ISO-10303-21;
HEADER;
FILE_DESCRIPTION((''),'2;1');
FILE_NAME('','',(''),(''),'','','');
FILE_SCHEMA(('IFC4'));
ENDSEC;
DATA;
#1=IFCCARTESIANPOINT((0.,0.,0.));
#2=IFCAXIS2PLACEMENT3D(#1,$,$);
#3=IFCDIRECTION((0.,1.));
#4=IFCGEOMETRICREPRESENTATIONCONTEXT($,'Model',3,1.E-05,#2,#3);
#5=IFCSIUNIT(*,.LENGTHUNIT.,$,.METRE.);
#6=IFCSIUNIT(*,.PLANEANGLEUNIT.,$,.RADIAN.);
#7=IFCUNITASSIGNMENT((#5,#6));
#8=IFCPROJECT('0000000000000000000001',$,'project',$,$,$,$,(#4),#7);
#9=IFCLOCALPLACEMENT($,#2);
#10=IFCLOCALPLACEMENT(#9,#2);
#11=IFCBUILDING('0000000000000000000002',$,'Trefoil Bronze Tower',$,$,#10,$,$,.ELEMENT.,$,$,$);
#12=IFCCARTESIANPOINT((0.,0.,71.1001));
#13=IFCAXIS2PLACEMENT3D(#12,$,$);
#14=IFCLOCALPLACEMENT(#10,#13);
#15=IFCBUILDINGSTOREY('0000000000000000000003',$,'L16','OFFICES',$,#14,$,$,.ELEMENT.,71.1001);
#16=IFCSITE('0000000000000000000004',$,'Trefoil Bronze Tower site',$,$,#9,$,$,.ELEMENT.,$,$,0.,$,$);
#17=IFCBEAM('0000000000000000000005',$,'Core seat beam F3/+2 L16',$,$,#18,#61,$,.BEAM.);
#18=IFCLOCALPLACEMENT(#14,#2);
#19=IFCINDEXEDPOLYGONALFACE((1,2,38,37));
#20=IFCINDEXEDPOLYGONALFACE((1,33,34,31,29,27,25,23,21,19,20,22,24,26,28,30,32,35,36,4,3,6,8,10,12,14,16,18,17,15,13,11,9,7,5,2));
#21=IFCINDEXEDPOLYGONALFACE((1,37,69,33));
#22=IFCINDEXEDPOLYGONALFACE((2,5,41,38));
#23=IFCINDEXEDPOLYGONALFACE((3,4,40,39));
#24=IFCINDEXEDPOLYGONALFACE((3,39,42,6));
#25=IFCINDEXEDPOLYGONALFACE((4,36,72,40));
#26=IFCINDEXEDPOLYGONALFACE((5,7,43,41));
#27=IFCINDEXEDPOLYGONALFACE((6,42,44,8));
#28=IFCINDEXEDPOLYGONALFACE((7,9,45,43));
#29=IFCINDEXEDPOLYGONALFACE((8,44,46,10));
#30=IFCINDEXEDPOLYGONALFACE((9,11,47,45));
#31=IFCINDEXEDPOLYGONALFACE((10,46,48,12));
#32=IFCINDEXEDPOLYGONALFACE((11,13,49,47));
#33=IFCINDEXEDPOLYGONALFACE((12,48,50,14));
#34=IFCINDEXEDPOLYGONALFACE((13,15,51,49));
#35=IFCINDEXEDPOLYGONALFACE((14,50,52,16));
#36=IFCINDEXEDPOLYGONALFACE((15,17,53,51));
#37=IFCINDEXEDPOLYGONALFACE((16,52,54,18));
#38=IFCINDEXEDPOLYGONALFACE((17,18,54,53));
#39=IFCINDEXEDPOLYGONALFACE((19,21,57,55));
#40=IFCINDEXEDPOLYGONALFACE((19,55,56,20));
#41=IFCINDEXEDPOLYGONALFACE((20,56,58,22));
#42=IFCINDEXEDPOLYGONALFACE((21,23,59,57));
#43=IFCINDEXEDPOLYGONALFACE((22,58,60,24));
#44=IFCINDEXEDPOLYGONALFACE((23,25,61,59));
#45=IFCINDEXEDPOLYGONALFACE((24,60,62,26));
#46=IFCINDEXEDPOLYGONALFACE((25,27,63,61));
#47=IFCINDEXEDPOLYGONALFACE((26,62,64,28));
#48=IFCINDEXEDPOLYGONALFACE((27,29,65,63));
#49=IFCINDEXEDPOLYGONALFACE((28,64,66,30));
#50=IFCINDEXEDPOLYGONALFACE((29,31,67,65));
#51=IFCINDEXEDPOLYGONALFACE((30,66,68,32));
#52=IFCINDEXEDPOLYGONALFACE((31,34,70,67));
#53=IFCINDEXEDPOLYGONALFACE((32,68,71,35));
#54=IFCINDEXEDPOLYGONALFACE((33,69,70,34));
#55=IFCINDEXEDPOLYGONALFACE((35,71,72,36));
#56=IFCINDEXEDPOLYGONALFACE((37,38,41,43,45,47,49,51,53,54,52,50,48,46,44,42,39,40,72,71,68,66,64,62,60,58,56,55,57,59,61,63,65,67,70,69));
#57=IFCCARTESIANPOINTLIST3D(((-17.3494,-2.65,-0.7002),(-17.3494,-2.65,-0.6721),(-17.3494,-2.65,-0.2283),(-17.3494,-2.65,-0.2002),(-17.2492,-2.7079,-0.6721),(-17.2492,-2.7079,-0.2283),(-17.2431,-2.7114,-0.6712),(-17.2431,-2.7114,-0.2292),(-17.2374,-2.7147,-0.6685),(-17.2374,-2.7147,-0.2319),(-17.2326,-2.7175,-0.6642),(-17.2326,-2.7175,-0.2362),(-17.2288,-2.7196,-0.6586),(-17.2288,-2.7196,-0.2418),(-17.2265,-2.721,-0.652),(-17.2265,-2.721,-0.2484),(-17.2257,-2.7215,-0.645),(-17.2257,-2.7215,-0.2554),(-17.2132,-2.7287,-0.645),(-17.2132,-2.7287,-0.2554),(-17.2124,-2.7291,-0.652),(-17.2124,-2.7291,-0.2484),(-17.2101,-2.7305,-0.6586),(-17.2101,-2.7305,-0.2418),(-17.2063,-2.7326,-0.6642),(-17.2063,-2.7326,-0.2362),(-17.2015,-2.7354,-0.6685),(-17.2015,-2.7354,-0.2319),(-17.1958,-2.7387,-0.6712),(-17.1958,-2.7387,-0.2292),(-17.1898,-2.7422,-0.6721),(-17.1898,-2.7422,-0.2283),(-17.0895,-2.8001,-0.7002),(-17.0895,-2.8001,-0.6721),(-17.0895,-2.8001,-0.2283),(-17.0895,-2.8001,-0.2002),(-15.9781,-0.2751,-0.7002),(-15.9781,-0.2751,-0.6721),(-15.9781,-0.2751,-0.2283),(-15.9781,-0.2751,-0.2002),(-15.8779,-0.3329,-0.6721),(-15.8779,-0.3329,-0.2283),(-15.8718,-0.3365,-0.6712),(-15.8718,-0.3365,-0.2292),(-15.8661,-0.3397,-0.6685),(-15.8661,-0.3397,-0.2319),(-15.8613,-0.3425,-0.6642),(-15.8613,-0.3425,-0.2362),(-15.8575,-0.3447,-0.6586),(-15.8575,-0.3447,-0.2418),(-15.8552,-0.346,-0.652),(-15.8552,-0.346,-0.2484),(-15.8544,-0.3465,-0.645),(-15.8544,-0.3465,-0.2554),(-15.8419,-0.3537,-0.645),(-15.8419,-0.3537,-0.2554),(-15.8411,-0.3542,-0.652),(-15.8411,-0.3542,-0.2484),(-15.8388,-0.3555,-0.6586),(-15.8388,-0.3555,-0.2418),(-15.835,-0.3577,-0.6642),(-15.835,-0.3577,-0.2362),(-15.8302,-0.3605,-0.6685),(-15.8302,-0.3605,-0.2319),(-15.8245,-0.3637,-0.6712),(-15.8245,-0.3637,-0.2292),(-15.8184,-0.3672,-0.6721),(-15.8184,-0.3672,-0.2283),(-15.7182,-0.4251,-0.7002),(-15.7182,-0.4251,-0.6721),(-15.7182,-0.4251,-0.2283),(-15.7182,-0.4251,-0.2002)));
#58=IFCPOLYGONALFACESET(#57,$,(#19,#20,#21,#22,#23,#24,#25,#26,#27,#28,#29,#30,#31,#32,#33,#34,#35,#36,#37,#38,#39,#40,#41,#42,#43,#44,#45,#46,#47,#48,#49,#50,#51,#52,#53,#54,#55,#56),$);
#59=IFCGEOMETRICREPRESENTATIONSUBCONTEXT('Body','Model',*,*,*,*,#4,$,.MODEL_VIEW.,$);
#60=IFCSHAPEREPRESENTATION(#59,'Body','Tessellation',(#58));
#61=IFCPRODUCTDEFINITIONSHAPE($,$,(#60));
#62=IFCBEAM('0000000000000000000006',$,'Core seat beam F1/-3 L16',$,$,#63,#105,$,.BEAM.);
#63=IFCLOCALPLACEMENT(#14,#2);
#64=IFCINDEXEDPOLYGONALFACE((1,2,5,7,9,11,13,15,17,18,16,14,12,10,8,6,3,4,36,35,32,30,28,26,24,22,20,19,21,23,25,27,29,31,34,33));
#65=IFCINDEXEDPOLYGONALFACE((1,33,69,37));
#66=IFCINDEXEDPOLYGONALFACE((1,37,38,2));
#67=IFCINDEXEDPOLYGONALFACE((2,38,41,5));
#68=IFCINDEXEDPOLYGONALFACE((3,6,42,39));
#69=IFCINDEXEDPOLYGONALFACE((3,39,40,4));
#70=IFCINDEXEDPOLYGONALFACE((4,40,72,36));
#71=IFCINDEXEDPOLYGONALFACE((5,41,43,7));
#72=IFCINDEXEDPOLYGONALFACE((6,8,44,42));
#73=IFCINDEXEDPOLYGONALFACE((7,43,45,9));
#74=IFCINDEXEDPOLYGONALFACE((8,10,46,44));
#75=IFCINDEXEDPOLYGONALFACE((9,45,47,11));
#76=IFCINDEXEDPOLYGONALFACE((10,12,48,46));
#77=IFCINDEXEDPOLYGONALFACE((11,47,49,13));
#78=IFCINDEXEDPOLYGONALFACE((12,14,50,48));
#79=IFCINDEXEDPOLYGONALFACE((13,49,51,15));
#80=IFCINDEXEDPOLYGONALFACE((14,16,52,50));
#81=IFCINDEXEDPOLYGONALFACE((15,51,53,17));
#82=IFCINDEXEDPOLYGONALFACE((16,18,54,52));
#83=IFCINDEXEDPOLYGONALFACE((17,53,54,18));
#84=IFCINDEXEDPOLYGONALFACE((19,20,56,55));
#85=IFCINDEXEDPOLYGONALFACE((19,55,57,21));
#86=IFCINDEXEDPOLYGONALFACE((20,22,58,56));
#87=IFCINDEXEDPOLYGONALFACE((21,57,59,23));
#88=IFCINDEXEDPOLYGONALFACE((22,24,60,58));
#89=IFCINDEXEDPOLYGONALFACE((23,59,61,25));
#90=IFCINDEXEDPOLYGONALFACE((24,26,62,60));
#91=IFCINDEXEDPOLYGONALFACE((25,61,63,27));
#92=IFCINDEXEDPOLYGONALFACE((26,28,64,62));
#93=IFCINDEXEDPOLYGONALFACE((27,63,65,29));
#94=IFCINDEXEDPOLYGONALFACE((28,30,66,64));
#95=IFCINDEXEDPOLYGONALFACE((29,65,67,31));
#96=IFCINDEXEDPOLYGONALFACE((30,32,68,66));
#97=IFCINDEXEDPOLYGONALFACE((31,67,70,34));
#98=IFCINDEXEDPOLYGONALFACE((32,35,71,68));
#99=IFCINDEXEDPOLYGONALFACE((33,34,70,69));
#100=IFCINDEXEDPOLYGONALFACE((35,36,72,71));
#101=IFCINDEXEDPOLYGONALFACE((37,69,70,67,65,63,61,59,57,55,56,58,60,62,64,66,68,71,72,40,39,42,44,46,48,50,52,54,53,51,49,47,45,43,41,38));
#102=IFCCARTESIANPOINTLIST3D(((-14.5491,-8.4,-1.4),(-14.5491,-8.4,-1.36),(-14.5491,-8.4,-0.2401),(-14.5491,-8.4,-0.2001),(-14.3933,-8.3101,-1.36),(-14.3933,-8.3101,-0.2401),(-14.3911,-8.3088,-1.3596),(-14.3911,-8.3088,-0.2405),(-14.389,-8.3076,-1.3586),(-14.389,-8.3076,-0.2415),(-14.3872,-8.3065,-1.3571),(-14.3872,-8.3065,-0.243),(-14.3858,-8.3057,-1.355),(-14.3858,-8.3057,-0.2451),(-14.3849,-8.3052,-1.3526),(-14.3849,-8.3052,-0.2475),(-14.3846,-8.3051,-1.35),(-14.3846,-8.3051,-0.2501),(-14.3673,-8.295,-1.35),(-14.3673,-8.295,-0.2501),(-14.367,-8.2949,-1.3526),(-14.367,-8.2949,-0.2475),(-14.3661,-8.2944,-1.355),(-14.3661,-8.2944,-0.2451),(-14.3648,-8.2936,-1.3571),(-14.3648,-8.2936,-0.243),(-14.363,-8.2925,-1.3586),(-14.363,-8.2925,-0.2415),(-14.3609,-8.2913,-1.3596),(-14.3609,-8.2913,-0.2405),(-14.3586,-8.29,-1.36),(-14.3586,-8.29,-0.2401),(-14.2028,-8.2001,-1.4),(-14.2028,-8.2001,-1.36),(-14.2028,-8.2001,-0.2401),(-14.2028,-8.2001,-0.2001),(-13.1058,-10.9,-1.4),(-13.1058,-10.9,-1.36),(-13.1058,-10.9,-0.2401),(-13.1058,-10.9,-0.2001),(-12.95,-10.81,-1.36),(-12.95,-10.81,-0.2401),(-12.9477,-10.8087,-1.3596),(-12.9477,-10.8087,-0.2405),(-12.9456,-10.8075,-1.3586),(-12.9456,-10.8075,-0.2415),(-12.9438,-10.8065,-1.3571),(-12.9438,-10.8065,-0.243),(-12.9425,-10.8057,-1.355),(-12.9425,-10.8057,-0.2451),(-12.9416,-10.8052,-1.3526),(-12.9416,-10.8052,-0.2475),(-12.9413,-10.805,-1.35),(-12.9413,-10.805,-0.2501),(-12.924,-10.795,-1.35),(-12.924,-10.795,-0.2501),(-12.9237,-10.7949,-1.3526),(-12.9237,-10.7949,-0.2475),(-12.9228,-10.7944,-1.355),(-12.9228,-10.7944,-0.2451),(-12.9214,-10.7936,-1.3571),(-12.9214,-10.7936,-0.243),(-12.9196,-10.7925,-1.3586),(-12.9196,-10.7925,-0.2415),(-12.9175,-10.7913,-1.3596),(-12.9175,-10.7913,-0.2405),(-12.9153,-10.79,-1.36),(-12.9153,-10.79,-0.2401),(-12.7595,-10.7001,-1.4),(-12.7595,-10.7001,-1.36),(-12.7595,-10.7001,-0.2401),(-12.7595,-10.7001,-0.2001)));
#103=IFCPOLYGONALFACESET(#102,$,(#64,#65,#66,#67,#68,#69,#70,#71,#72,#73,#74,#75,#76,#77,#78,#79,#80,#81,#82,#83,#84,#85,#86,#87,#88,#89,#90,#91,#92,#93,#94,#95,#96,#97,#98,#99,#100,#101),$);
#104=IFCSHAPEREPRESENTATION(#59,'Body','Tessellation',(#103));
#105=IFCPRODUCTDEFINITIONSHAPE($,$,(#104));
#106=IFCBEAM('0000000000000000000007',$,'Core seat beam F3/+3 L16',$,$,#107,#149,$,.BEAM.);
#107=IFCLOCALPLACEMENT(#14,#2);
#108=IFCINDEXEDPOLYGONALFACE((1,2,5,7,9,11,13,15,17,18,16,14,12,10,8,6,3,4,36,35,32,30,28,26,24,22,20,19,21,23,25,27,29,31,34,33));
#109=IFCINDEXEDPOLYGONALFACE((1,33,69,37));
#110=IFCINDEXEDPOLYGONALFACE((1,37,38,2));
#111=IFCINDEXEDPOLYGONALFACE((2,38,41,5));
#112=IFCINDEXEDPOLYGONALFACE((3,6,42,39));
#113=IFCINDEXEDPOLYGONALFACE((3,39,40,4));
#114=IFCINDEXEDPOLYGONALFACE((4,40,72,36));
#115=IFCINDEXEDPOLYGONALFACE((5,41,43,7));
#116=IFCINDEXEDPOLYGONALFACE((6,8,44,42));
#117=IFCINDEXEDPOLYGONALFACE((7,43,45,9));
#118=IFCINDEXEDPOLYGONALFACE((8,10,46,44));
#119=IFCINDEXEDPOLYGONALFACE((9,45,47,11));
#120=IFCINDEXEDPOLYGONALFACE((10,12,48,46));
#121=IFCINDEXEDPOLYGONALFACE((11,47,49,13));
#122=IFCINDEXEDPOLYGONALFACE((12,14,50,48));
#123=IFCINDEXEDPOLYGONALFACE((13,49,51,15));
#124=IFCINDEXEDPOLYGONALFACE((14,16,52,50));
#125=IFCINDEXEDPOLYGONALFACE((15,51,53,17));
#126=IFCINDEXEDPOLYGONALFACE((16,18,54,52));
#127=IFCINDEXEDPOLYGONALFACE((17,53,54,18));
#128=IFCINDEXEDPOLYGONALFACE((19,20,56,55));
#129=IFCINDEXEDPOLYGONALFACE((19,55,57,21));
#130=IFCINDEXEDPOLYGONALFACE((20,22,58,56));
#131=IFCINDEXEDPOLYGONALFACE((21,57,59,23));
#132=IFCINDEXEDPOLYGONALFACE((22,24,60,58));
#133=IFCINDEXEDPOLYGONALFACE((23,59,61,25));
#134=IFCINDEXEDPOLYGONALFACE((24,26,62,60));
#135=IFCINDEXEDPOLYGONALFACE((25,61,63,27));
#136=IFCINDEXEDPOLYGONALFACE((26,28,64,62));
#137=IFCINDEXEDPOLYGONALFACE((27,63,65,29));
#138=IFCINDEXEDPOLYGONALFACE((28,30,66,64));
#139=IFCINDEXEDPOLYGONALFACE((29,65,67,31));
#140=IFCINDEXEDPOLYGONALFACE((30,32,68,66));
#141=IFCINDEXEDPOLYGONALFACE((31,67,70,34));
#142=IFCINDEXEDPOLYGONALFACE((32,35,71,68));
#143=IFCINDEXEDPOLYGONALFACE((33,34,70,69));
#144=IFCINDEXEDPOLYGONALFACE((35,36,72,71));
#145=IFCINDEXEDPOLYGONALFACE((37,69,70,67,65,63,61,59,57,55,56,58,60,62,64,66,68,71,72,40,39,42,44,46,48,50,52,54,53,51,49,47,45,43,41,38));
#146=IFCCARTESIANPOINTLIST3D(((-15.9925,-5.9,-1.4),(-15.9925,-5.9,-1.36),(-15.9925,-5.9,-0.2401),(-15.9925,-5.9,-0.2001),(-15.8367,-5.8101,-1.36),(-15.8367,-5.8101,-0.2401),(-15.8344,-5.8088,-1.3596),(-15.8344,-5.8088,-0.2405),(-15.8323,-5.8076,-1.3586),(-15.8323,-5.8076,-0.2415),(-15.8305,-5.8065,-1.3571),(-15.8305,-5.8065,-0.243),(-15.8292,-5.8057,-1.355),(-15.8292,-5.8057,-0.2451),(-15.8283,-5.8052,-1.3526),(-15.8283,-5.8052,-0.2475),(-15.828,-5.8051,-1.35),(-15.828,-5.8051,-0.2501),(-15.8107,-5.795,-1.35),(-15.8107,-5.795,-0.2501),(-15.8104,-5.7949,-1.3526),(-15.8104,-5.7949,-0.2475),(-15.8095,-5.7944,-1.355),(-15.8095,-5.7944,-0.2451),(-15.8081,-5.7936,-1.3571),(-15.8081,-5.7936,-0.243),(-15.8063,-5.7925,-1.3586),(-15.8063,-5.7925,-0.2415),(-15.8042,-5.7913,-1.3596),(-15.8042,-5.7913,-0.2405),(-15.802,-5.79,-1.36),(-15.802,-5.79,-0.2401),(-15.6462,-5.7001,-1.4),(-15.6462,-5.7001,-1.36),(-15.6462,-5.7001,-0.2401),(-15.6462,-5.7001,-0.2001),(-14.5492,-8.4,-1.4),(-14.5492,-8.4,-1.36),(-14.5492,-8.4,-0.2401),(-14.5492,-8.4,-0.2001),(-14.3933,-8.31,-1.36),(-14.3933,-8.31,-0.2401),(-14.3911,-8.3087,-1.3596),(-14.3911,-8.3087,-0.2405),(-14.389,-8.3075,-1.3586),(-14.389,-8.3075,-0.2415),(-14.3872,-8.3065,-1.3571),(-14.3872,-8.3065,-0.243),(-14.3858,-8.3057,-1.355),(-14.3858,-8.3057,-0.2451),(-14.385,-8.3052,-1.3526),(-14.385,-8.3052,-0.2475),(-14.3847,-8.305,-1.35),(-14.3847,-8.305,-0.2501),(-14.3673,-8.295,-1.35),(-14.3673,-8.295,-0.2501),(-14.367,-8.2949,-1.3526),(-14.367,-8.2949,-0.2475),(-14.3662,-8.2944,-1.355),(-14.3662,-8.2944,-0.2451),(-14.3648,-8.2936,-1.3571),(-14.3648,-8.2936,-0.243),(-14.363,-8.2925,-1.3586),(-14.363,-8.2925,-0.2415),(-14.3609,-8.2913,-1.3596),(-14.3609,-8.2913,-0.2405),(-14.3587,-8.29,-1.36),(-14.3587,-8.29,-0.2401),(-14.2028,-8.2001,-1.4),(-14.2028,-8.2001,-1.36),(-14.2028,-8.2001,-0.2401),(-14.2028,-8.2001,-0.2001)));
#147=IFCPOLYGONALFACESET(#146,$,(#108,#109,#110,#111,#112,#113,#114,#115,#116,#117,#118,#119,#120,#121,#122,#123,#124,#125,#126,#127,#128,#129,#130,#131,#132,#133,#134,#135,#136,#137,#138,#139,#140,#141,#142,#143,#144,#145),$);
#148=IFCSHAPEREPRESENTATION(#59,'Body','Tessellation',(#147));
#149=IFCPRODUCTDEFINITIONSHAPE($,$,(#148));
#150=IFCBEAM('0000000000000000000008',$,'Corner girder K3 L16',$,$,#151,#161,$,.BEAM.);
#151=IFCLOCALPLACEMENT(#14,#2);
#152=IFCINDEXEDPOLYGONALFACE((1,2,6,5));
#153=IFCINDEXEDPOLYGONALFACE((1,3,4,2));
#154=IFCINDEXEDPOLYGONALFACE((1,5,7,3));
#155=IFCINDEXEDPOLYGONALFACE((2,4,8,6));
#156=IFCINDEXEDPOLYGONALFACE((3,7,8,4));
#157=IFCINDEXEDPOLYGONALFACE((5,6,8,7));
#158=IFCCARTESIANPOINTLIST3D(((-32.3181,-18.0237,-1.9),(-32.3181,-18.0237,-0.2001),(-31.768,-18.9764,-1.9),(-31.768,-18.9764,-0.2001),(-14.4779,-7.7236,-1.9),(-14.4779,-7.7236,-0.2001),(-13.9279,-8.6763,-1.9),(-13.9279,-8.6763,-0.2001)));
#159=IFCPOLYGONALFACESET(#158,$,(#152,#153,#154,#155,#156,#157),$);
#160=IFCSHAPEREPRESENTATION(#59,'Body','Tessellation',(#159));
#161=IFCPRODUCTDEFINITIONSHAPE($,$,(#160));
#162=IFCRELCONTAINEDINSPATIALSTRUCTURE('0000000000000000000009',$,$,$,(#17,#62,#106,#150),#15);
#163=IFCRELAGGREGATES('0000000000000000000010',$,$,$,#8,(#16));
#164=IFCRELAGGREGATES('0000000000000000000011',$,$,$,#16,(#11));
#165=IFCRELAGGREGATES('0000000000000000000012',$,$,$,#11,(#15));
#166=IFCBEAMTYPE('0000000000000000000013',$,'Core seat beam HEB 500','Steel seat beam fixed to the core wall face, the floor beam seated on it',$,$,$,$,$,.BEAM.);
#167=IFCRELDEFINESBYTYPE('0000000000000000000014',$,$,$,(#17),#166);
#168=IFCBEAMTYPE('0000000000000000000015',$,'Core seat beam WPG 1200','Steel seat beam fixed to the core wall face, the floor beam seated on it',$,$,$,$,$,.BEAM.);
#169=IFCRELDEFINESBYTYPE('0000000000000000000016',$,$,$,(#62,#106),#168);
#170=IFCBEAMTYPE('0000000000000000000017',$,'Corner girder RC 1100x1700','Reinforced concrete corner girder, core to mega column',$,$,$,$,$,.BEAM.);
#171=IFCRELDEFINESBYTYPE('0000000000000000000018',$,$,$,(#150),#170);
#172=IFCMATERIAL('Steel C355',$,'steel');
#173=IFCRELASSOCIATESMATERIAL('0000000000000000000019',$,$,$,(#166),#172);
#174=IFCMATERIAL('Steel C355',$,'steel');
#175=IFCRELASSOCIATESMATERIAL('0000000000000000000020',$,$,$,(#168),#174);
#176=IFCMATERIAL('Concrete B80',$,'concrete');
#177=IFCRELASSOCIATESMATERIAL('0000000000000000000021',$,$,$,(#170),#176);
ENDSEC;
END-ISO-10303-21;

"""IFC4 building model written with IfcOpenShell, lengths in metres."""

from ifc_helpers import new_model, si_unit, direction, frame, origin, origin_2d, place, context, subcontext, project, spatial, rectangle, i_section, extrude, material, material_profile, profile_set, type_object, element, save


model = new_model("IFC4")

# Units and contexts
model_context = context("Model", 3, precision=1e-05, world=origin(), true_north=direction((0.0, 1.0)))
body_context = subcontext(model_context, "Body", "Model", "MODEL_VIEW")
ifc_project = project(units=[si_unit("LENGTHUNIT", "METRE"), si_unit("PLANEANGLEUNIT", "RADIAN")], contexts=[model_context])

# Site, building, storey
site_placement = place(None, origin())
site = spatial("IfcSite", under=ifc_project, at=site_placement, Name="Trefoil Bronze Tower site", CompositionType="ELEMENT", RefElevation=0.0)
building_placement = place(site_placement, origin())
building = spatial("IfcBuilding", under=site, at=building_placement, Name="Trefoil Bronze Tower", CompositionType="ELEMENT")
storey_placement = place(building_placement, frame((0.0, 0.0, 71.1001)))
storey = spatial("IfcBuildingStorey", under=building, at=storey_placement, Name="L16", Description="OFFICES", CompositionType="ELEMENT", Elevation=71.1001)

# Beams
ifc_material_1 = material(Name="Steel C355", Category="steel")
ifc_material_profile_1 = material_profile(ifc_material_1, i_section(OverallWidth=0.3, OverallDepth=0.5, WebThickness=0.0144, FlangeThickness=0.0281, FilletRadius=0.0271, at=origin_2d()), Name="HEB 500")
ifc_profile_set_1 = profile_set([ifc_material_profile_1], Name="Steel C355")
beam_type_1 = type_object("IfcBeamType", Name="Core seat beam HEB 500", Description="Steel seat beam fixed to the core wall face, the floor beam seated on it", PredefinedType="BEAM", material=ifc_profile_set_1)
beam_1_placement = place(storey_placement, frame((-15.8481, -0.3501, -0.4502), z_axis=(-0.500036, -0.866005, 0.0), x_axis=(0.866005, -0.500036, 0.0)))
element("IfcBeam", 1, at=beam_1_placement, inside=storey, type_object=beam_type_1, Name="Core seat beam F3/+2 L16", PredefinedType="BEAM", context=body_context, shape_type="SweptSolid", body=[
    extrude(i_section(OverallWidth=0.3, OverallDepth=0.5, WebThickness=0.0144, FlangeThickness=0.0281, FilletRadius=0.0271, at=origin_2d()), origin(), (0.0, 0.0, 1.0), 2.7424),
])
ifc_material_2 = material(Name="Steel C355", Category="steel")
ifc_material_profile_2 = material_profile(ifc_material_2, i_section(OverallWidth=0.3999, OverallDepth=1.2, WebThickness=0.02, FlangeThickness=0.04, FilletRadius=0.01, at=origin_2d()), Name="WPG 1200")
ifc_profile_set_2 = profile_set([ifc_material_profile_2], Name="Steel C355")
beam_type_2 = type_object("IfcBeamType", Name="Core seat beam WPG 1200", Description="Steel seat beam fixed to the core wall face, the floor beam seated on it", PredefinedType="BEAM", material=ifc_profile_set_2)
for number, where, z_axis, x_axis, name in (
    (2, (-14.376, -8.3, -0.8), (0.499996, -0.866028, 0.0), (0.866028, 0.499996, 0.0), "Core seat beam F1/-3 L16"),
    (3, (-15.8193, -5.8, -0.8), (0.499996, -0.866028, 0.0), (0.866028, 0.499996, 0.0), "Core seat beam F3/+3 L16"),
):
    element("IfcBeam", number, at=place(storey_placement, frame(where, z_axis=z_axis, x_axis=x_axis)), inside=storey, type_object=beam_type_2, Name=name, PredefinedType="BEAM", context=body_context, shape_type="SweptSolid", body=[
        extrude(i_section(OverallWidth=0.3999, OverallDepth=1.2, WebThickness=0.02, FlangeThickness=0.04, FilletRadius=0.01, at=origin_2d()), origin(), (0.0, 0.0, 1.0), 2.8867),
    ])
ifc_material_3 = material(Name="Concrete B80", Category="concrete")
ifc_material_profile_3 = material_profile(ifc_material_3, rectangle(XDim=1.1001, YDim=1.7, at=origin_2d()), Name="RC 1100x1700")
ifc_profile_set_3 = profile_set([ifc_material_profile_3], Name="Concrete B80")
beam_type_3 = type_object("IfcBeamType", Name="Corner girder RC 1100x1700", Description="Reinforced concrete corner girder, core to mega column", PredefinedType="BEAM", material=ifc_profile_set_3)
beam_2_placement = place(storey_placement, frame((-14.2029, -8.2, -1.05), z_axis=(-0.866024, -0.500003, 0.0), x_axis=(0.500003, -0.866024, 0.0)))
element("IfcBeam", 4, at=beam_2_placement, inside=storey, type_object=beam_type_3, Name="Corner girder K3 L16", PredefinedType="BEAM", context=body_context, shape_type="SweptSolid", body=[
    extrude(rectangle(XDim=1.1001, YDim=1.7, at=origin_2d()), origin(), (0.0, 0.0, 1.0), 20.6001),
])

save(model, "model.ifc")
